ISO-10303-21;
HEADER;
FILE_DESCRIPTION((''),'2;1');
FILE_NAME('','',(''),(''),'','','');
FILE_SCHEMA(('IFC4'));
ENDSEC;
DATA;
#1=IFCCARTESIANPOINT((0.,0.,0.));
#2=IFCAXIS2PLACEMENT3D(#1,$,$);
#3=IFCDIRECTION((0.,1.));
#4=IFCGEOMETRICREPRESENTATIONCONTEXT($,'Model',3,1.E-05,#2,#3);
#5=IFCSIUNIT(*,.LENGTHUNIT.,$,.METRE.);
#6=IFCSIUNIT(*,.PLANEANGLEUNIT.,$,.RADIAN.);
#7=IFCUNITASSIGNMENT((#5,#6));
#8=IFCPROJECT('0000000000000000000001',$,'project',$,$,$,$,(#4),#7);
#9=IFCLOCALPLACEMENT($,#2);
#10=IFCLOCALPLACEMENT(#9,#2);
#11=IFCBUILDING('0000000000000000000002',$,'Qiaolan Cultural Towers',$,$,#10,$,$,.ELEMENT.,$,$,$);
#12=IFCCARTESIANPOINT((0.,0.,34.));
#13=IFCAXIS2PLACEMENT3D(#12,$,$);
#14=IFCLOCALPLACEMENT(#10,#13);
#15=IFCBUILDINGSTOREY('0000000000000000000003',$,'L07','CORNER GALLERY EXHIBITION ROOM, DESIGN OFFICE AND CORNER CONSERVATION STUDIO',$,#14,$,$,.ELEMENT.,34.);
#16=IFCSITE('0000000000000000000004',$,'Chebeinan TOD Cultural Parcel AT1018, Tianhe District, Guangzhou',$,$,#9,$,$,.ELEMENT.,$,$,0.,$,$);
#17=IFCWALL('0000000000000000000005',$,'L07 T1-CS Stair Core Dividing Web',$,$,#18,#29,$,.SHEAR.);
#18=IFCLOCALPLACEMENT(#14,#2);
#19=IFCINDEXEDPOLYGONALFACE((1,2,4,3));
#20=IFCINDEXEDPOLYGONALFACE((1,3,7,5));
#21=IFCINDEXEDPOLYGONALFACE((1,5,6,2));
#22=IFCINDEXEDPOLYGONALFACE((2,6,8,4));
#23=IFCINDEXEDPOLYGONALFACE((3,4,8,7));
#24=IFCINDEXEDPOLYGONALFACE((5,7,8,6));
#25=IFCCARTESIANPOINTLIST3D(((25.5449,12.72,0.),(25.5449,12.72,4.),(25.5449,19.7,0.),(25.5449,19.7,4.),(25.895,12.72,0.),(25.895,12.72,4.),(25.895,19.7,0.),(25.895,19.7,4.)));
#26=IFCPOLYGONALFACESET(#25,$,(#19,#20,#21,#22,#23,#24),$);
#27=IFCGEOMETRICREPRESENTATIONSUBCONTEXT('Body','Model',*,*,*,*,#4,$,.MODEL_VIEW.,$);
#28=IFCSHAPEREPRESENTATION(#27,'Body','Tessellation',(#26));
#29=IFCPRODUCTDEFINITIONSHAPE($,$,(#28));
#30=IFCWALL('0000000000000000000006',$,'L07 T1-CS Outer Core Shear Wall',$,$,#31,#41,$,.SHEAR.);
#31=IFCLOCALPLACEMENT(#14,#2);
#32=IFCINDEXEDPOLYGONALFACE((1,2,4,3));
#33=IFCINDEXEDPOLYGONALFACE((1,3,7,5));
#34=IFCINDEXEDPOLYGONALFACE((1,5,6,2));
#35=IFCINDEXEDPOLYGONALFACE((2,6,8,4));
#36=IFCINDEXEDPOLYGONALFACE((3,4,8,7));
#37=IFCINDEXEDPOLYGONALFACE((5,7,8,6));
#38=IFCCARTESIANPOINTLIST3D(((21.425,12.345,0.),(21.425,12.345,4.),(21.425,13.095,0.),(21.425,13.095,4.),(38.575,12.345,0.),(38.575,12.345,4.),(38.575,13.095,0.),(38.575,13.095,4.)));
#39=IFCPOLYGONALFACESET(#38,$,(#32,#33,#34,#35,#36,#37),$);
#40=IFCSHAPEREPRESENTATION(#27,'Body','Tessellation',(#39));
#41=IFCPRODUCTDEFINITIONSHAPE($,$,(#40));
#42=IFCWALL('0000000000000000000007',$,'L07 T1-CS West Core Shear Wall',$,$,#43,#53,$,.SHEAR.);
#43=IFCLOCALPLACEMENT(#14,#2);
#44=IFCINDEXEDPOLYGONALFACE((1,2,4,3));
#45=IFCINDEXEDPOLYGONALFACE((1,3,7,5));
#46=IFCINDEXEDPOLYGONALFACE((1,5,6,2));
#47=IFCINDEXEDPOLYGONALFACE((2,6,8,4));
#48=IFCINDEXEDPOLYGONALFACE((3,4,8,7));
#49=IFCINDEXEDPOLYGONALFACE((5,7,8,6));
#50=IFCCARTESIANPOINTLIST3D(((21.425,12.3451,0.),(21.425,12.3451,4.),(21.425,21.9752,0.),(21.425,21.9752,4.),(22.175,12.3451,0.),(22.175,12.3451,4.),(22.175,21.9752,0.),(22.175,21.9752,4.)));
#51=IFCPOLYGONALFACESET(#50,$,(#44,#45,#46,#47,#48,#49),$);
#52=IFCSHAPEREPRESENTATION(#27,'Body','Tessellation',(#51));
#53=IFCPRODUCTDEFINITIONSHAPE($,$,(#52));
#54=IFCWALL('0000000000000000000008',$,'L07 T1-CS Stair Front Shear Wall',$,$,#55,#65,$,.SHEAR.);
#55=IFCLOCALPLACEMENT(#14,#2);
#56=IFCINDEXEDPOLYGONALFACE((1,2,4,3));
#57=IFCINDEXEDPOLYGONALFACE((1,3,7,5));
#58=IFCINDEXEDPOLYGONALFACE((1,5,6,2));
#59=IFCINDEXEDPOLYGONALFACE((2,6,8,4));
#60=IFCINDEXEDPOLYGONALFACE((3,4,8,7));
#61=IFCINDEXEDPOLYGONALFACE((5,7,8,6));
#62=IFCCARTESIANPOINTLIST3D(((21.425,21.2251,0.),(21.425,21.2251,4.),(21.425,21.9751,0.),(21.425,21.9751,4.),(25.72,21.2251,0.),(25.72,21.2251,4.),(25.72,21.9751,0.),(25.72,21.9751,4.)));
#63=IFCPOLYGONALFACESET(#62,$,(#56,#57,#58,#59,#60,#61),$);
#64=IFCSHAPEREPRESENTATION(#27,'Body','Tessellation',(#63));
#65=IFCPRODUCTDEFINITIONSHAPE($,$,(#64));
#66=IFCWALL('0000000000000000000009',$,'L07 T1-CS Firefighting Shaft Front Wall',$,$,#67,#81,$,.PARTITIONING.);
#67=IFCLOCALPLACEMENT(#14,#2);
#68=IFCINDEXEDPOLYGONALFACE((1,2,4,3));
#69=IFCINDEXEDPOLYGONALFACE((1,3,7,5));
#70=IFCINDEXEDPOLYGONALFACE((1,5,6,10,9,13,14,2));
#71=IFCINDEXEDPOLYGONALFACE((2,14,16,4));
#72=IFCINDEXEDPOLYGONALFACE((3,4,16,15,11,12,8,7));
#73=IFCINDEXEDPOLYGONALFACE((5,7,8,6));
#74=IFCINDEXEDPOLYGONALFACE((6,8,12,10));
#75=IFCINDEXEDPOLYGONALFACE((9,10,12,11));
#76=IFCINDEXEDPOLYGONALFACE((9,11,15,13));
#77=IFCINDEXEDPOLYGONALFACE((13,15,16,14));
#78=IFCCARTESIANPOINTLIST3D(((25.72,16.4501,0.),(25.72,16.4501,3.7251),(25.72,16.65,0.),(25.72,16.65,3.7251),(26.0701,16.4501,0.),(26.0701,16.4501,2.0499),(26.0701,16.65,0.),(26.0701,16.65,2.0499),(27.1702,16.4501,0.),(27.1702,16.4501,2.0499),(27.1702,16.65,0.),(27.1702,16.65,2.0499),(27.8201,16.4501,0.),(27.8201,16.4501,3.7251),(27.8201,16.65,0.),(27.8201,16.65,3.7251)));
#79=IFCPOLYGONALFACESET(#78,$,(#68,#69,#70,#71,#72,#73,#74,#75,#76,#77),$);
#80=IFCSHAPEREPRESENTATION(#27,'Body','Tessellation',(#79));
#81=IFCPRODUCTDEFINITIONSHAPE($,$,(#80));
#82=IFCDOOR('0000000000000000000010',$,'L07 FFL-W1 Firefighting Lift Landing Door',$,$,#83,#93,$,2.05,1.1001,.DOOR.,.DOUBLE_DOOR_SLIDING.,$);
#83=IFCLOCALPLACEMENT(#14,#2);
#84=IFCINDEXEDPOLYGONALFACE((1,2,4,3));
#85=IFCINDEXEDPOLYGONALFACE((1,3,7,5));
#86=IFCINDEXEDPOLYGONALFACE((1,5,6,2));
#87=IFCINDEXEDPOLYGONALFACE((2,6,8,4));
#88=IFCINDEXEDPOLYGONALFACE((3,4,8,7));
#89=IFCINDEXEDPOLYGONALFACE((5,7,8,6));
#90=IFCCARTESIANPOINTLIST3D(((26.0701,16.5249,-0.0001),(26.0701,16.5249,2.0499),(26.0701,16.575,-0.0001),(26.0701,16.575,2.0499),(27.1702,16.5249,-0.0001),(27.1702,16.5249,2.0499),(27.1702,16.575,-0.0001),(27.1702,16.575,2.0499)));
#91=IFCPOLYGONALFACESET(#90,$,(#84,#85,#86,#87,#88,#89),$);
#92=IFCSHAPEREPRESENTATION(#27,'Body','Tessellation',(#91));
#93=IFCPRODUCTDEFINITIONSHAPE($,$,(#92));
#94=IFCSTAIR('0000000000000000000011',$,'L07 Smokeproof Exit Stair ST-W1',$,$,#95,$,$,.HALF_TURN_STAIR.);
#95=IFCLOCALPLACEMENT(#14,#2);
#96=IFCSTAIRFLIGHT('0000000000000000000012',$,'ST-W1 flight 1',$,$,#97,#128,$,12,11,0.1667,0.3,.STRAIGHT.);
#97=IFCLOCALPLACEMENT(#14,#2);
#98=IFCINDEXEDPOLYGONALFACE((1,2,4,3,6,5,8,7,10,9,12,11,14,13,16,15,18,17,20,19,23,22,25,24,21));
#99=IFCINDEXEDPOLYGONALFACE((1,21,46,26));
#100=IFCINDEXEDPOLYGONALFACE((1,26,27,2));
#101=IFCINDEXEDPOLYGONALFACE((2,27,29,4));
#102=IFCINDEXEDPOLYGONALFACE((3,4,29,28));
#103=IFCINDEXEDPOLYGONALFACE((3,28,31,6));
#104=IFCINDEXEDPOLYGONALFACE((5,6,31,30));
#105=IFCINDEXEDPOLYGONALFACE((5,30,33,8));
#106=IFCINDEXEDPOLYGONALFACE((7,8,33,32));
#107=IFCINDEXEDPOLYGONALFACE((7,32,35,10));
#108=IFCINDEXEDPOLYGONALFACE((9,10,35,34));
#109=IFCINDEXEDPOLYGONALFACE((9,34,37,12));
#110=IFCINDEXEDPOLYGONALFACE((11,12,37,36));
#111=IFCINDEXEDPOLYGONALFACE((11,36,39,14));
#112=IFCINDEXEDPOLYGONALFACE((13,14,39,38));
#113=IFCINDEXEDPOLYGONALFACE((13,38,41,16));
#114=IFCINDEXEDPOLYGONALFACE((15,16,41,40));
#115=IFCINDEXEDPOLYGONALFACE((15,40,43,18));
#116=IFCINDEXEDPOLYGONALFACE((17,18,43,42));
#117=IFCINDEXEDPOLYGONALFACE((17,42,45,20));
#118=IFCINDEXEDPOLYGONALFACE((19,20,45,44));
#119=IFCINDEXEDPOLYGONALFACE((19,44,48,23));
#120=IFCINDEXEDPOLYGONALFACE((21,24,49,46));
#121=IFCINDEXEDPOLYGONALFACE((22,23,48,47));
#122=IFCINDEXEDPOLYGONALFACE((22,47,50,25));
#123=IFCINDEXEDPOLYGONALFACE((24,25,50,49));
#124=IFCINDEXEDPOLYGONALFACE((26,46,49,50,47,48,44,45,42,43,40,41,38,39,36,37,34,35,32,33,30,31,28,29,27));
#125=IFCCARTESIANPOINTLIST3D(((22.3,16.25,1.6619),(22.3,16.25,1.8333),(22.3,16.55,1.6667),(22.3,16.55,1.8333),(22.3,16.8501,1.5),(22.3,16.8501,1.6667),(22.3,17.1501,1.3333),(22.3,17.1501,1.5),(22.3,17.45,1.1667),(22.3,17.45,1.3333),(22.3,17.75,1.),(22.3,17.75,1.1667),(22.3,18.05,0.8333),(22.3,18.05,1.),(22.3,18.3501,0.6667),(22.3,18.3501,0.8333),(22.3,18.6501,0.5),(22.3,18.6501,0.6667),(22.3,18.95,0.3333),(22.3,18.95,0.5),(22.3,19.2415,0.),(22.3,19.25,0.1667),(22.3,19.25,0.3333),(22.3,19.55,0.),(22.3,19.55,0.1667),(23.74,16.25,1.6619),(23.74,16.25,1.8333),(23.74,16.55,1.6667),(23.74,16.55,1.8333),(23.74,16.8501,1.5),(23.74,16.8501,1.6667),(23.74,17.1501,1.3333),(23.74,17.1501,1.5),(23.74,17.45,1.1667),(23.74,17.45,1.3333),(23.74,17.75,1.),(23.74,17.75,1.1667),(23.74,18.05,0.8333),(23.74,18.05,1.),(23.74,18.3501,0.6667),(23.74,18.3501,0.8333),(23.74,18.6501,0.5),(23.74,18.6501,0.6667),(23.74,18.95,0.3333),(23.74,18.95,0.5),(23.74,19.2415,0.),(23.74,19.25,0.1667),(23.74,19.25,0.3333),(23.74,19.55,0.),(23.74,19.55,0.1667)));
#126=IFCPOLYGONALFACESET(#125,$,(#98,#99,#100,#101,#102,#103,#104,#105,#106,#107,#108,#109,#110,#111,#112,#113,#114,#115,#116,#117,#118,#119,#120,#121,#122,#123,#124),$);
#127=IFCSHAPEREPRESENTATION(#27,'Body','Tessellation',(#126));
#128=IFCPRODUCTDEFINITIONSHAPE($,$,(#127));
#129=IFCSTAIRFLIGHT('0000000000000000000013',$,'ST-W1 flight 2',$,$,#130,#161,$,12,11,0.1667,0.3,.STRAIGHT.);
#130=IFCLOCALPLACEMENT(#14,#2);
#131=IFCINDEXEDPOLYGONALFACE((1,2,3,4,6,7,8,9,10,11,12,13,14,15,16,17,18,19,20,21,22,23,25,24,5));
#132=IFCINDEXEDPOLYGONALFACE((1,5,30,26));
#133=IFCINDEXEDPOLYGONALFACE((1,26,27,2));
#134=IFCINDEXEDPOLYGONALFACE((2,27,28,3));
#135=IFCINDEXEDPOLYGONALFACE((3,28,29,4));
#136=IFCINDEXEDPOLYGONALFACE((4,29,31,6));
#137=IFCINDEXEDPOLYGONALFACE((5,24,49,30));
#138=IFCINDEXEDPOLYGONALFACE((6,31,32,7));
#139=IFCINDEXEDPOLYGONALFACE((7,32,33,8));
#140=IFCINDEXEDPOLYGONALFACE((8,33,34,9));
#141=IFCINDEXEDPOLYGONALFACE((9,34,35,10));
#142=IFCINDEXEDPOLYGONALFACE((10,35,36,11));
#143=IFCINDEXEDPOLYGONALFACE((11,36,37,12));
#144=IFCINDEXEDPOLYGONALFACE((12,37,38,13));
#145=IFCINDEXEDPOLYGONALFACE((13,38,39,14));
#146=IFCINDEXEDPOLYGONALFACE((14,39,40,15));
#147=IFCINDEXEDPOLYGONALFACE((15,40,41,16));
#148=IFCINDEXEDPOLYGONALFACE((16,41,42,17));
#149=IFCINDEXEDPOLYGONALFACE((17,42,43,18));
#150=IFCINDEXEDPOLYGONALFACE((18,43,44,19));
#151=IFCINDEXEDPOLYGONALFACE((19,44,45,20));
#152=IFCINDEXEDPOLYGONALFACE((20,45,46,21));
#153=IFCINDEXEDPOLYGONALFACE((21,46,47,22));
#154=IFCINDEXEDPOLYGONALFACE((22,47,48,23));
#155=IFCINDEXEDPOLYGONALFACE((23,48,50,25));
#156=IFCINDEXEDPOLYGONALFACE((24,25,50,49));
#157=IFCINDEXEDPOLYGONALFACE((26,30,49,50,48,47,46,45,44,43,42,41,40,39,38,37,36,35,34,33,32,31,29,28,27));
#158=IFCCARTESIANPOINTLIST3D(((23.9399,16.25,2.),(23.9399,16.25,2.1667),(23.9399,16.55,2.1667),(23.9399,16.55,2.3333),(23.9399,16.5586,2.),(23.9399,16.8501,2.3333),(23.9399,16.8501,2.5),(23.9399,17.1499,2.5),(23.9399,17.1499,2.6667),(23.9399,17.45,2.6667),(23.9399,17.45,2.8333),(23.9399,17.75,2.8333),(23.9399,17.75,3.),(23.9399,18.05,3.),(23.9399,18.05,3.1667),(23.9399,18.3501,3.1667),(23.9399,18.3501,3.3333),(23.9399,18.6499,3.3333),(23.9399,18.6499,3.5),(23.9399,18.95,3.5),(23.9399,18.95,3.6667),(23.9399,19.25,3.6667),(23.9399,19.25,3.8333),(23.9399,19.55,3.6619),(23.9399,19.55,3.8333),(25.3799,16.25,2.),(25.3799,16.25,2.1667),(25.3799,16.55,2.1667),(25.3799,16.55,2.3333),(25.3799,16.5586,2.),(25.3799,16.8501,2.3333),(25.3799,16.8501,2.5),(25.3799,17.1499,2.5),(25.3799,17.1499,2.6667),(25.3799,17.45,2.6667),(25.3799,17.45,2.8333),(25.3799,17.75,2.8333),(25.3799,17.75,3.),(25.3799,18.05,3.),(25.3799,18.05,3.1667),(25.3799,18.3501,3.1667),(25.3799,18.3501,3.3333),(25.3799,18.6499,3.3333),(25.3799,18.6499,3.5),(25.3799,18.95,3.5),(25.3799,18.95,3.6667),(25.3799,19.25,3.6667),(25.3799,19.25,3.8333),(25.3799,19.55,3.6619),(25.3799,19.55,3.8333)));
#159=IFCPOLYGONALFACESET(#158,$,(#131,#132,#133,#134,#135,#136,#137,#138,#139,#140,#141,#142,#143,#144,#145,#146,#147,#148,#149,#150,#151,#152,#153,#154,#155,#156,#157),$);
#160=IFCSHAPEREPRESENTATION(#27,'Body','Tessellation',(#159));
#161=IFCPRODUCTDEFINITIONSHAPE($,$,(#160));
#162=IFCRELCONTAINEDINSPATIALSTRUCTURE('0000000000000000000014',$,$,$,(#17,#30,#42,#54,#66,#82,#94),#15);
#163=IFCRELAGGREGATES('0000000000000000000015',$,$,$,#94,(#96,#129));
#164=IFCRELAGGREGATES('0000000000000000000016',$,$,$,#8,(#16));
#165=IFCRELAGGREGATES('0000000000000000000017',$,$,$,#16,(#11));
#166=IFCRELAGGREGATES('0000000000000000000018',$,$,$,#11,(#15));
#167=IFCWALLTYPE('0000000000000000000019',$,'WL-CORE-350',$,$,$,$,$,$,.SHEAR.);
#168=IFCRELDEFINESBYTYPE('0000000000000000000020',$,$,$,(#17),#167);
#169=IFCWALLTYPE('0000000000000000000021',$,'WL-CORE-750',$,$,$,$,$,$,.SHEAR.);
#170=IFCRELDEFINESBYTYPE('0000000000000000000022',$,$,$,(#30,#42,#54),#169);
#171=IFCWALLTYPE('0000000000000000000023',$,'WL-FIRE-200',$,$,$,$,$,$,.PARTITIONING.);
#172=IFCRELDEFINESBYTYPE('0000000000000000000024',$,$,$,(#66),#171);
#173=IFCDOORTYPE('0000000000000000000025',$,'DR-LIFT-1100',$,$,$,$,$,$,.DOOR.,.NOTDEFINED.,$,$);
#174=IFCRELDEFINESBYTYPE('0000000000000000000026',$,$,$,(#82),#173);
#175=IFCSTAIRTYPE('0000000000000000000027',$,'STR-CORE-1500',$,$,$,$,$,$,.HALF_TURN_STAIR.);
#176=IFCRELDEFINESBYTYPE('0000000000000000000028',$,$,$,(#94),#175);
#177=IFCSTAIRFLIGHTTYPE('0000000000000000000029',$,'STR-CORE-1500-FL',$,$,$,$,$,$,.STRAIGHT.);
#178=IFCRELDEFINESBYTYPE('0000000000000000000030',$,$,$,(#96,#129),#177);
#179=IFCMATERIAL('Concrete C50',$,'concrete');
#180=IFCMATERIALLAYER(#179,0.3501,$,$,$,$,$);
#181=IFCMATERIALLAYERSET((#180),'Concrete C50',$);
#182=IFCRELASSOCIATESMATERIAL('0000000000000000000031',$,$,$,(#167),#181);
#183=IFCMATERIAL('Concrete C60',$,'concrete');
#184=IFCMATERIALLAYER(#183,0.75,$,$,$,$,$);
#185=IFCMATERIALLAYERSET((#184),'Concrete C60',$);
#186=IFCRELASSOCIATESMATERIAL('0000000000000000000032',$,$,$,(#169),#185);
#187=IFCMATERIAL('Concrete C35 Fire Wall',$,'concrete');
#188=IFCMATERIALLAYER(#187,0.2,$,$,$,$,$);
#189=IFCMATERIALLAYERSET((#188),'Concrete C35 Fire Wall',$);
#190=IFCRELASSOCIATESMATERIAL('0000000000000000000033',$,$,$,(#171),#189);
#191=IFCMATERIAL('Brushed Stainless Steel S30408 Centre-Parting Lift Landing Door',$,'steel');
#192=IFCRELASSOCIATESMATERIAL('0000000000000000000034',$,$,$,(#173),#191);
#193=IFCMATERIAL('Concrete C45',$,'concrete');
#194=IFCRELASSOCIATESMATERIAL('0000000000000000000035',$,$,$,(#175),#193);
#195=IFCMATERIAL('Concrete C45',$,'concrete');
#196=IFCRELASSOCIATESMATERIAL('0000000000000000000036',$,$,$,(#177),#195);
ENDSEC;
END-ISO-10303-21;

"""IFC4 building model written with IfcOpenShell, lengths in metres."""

from ifc_helpers import new_model, si_unit, direction, frame, frame_2d, origin, place, context, subcontext, project, spatial, polyline, rectangle, outline, extrude, material, layer, layer_set, type_object, element, fill, aggregate, save


model = new_model("IFC4")

# Units and contexts
model_context = context("Model", 3, precision=1e-05, world=origin(), true_north=direction((0.0, 1.0)))
body_context = subcontext(model_context, "Body", "Model", "MODEL_VIEW")
ifc_project = project(units=[si_unit("LENGTHUNIT", "METRE"), si_unit("PLANEANGLEUNIT", "RADIAN")], contexts=[model_context])

# Site, building, storey
site_placement = place(None, origin())
site = spatial("IfcSite", under=ifc_project, at=site_placement, Name="Chebeinan TOD Cultural Parcel AT1018, Tianhe District, Guangzhou", CompositionType="ELEMENT", RefElevation=0.0)
building_placement = place(site_placement, origin())
building = spatial("IfcBuilding", under=site, at=building_placement, Name="Qiaolan Cultural Towers", CompositionType="ELEMENT")
storey_placement = place(building_placement, frame((0.0, 0.0, 34.0)))
storey = spatial("IfcBuildingStorey", under=building, at=storey_placement, Name="L07", Description="CORNER GALLERY EXHIBITION ROOM, DESIGN OFFICE AND CORNER CONSERVATION STUDIO", CompositionType="ELEMENT", Elevation=34.0)

# Walls
ifc_material_1 = material(Name="Concrete C50", Category="concrete")
ifc_layer_1 = layer(ifc_material_1, 0.3501)
ifc_layer_set_1 = layer_set([ifc_layer_1], Name="Concrete C50")
wall_type_1 = type_object("IfcWallType", Name="WL-CORE-350", PredefinedType="SHEAR", material=ifc_layer_set_1)
wall_1_placement = place(storey_placement, frame((25.72, 19.7, 0.0), z_axis=(0.0, 0.0, 1.0), x_axis=(0.0, -1.0, 0.0)))
element("IfcWall", 1, at=wall_1_placement, inside=storey, type_object=wall_type_1, Name="L07 T1-CS Stair Core Dividing Web", PredefinedType="SHEAR", context=body_context, shape_type="SweptSolid", body=[
    extrude(rectangle(XDim=6.98, YDim=0.3501, at=frame_2d((3.49, 0.0))), origin(), (0.0, 0.0, 1.0), 4.0),
])
ifc_material_2 = material(Name="Concrete C60", Category="concrete")
ifc_layer_2 = layer(ifc_material_2, 0.75)
ifc_layer_set_2 = layer_set([ifc_layer_2], Name="Concrete C60")
wall_type_2 = type_object("IfcWallType", Name="WL-CORE-750", PredefinedType="SHEAR", material=ifc_layer_set_2)
wall_2_placement = place(storey_placement, frame((21.425, 12.72, 0.0), z_axis=(0.0, 0.0, 1.0), x_axis=(1.0, 0.0, 0.0)))
element("IfcWall", 2, at=wall_2_placement, inside=storey, type_object=wall_type_2, Name="L07 T1-CS Outer Core Shear Wall", PredefinedType="SHEAR", context=body_context, shape_type="SweptSolid", body=[
    extrude(rectangle(XDim=17.1499, YDim=0.75, at=frame_2d((8.575, 0.0))), origin(), (0.0, 0.0, 1.0), 4.0),
])
wall_3_placement = place(storey_placement, frame((21.8, 21.9751, 0.0), z_axis=(0.0, 0.0, 1.0), x_axis=(0.0, -1.0, 0.0)))
element("IfcWall", 3, at=wall_3_placement, inside=storey, type_object=wall_type_2, Name="L07 T1-CS West Core Shear Wall", PredefinedType="SHEAR", context=body_context, shape_type="SweptSolid", body=[
    extrude(rectangle(XDim=9.6301, YDim=0.75, at=frame_2d((4.8149, 0.0))), origin(), (0.0, 0.0, 1.0), 4.0),
])
wall_4_placement = place(storey_placement, frame((21.425, 21.6001, 0.0), z_axis=(0.0, 0.0, 1.0), x_axis=(1.0, 0.0, 0.0)))
element("IfcWall", 4, at=wall_4_placement, inside=storey, type_object=wall_type_2, Name="L07 T1-CS Stair Front Shear Wall", PredefinedType="SHEAR", context=body_context, shape_type="SweptSolid", body=[
    extrude(rectangle(XDim=4.2949, YDim=0.75, at=frame_2d((2.1475, 0.0))), origin(), (0.0, 0.0, 1.0), 4.0),
])

# Wall, opening, door
ifc_material_3 = material(Name="Concrete C35 Fire Wall", Category="concrete")
ifc_layer_3 = layer(ifc_material_3, 0.2)
ifc_layer_set_3 = layer_set([ifc_layer_3], Name="Concrete C35 Fire Wall")
wall_type_3 = type_object("IfcWallType", Name="WL-FIRE-200", PredefinedType="PARTITIONING", material=ifc_layer_set_3)
wall_5_placement = place(storey_placement, frame((25.72, 16.55, 0.0), z_axis=(0.0, 0.0, 1.0), x_axis=(1.0, 0.0, 0.0)))
wall_5 = element("IfcWall", 5, at=wall_5_placement, inside=storey, type_object=wall_type_3, Name="L07 T1-CS Firefighting Shaft Front Wall", PredefinedType="PARTITIONING", context=body_context, shape_type="SweptSolid", body=[
    extrude(rectangle(XDim=2.1001, YDim=0.2, at=frame_2d((1.05, 0.0))), origin(), (0.0, 0.0, 1.0), 3.7251),
])
opening_placement = place(wall_5_placement, frame((0.3501, 0.0, 0.0)))
opening = element("IfcOpeningElement", 6, at=opening_placement, cuts=wall_5, PredefinedType="OPENING", context=body_context, shape_type="SweptSolid", body=[
    extrude(rectangle(XDim=1.1001, YDim=2.05, at=frame_2d((0.55, 1.0249))), frame((0.0, 0.1099, 0.0), z_axis=(0.0, -1.0, 0.0), x_axis=(1.0, 0.0, 0.0)), (0.0, 0.0, 1.0), 0.22),
])
ifc_material_4 = material(Name="Brushed Stainless Steel S30408 Centre-Parting Lift Landing Door", Category="steel")
door_type = type_object("IfcDoorType", Name="DR-LIFT-1100", OperationType="NOTDEFINED", PredefinedType="DOOR", material=ifc_material_4)
door_placement = place(opening_placement, origin())
door = element("IfcDoor", 7, at=door_placement, inside=storey, type_object=door_type, Name="L07 FFL-W1 Firefighting Lift Landing Door", OperationType="DOUBLE_DOOR_SLIDING", OverallHeight=2.05, OverallWidth=1.1001, PredefinedType="DOOR", context=body_context, shape_type="SweptSolid", body=[
    extrude(rectangle(XDim=1.1001, YDim=2.05, at=frame_2d((0.55, 1.0249))), frame((0.0, 0.0249, 0.0), z_axis=(0.0, -1.0, 0.0), x_axis=(1.0, 0.0, 0.0)), (0.0, 0.0, 1.0), 0.05),
])
fill(opening, door)

# Stair, stair flights
ifc_material_5 = material(Name="Concrete C45", Category="concrete")
stair_type = type_object("IfcStairType", Name="STR-CORE-1500", PredefinedType="HALF_TURN_STAIR", material=ifc_material_5)
stair_placement = place(storey_placement, origin())
stair = element("IfcStair", 8, at=stair_placement, inside=storey, type_object=stair_type, Name="L07 Smokeproof Exit Stair ST-W1", PredefinedType="HALF_TURN_STAIR")
ifc_material_6 = material(Name="Concrete C45", Category="concrete")
stair_flight_type = type_object("IfcStairFlightType", Name="STR-CORE-1500-FL", PredefinedType="STRAIGHT", material=ifc_material_6)
stair_flight_1_placement = place(storey_placement, frame((23.02, 19.55, 0.0), z_axis=(0.0, 0.0, 1.0), x_axis=(0.0, -1.0, 0.0)))
stair_flight_1 = element("IfcStairFlight", 9, at=stair_flight_1_placement, type_object=stair_flight_type, Name="ST-W1 flight 1", NumberOfRisers=12, NumberOfTreads=11, PredefinedType="STRAIGHT", RiserHeight=0.1667, TreadLength=0.3, context=body_context, shape_type="SweptSolid", body=[
    extrude(outline(polyline([(0.0, 0.0), (0.0, 0.1667), (0.3, 0.1667), (0.3, 0.3333), (0.6001, 0.3333), (0.6001, 0.5), (0.8999, 0.5), (0.8999, 0.6667), (1.2, 0.6667), (1.2, 0.8333), (1.5, 0.8333), (1.5, 1.0), (1.8, 1.0), (1.8, 1.1667), (2.1001, 1.1667), (2.1001, 1.3333), (2.3999, 1.3333), (2.3999, 1.5), (2.7, 1.5), (2.7, 1.6667), (3.0, 1.6667), (3.0, 1.8333), (3.3, 1.8333), (3.3, 2.0), (3.3, 1.6619), (0.3086, 0.0), (0.0, 0.0)])), frame((0.0, 0.72, 0.0), z_axis=(0.0, -1.0, 0.0), x_axis=(1.0, 0.0, 0.0)), (0.0, 0.0, 1.0), 1.4399),
])
stair_flight_2_placement = place(storey_placement, frame((24.6599, 16.25, 2.0), z_axis=(0.0, 0.0, 1.0), x_axis=(0.0, 1.0, 0.0)))
stair_flight_2 = element("IfcStairFlight", 10, at=stair_flight_2_placement, type_object=stair_flight_type, Name="ST-W1 flight 2", NumberOfRisers=12, NumberOfTreads=11, PredefinedType="STRAIGHT", RiserHeight=0.1667, TreadLength=0.3, context=body_context, shape_type="SweptSolid", body=[
    extrude(outline(polyline([(0.0, 0.0), (0.0, 0.1667), (0.3, 0.1667), (0.3, 0.3333), (0.6001, 0.3333), (0.6001, 0.5), (0.8999, 0.5), (0.8999, 0.6667), (1.2, 0.6667), (1.2, 0.8333), (1.5, 0.8333), (1.5, 1.0), (1.8, 1.0), (1.8, 1.1667), (2.1001, 1.1667), (2.1001, 1.3333), (2.3999, 1.3333), (2.3999, 1.5), (2.7, 1.5), (2.7, 1.6667), (3.0, 1.6667), (3.0, 1.8333), (3.3, 1.8333), (3.3, 2.0), (3.3, 1.6619), (0.3086, 0.0), (0.0, 0.0)])), frame((0.0, 0.72, 0.0), z_axis=(0.0, -1.0, 0.0), x_axis=(1.0, 0.0, 0.0)), (0.0, 0.0, 1.0), 1.4399),
])
aggregate(stair, [stair_flight_1, stair_flight_2])

save(model, "model.ifc")
